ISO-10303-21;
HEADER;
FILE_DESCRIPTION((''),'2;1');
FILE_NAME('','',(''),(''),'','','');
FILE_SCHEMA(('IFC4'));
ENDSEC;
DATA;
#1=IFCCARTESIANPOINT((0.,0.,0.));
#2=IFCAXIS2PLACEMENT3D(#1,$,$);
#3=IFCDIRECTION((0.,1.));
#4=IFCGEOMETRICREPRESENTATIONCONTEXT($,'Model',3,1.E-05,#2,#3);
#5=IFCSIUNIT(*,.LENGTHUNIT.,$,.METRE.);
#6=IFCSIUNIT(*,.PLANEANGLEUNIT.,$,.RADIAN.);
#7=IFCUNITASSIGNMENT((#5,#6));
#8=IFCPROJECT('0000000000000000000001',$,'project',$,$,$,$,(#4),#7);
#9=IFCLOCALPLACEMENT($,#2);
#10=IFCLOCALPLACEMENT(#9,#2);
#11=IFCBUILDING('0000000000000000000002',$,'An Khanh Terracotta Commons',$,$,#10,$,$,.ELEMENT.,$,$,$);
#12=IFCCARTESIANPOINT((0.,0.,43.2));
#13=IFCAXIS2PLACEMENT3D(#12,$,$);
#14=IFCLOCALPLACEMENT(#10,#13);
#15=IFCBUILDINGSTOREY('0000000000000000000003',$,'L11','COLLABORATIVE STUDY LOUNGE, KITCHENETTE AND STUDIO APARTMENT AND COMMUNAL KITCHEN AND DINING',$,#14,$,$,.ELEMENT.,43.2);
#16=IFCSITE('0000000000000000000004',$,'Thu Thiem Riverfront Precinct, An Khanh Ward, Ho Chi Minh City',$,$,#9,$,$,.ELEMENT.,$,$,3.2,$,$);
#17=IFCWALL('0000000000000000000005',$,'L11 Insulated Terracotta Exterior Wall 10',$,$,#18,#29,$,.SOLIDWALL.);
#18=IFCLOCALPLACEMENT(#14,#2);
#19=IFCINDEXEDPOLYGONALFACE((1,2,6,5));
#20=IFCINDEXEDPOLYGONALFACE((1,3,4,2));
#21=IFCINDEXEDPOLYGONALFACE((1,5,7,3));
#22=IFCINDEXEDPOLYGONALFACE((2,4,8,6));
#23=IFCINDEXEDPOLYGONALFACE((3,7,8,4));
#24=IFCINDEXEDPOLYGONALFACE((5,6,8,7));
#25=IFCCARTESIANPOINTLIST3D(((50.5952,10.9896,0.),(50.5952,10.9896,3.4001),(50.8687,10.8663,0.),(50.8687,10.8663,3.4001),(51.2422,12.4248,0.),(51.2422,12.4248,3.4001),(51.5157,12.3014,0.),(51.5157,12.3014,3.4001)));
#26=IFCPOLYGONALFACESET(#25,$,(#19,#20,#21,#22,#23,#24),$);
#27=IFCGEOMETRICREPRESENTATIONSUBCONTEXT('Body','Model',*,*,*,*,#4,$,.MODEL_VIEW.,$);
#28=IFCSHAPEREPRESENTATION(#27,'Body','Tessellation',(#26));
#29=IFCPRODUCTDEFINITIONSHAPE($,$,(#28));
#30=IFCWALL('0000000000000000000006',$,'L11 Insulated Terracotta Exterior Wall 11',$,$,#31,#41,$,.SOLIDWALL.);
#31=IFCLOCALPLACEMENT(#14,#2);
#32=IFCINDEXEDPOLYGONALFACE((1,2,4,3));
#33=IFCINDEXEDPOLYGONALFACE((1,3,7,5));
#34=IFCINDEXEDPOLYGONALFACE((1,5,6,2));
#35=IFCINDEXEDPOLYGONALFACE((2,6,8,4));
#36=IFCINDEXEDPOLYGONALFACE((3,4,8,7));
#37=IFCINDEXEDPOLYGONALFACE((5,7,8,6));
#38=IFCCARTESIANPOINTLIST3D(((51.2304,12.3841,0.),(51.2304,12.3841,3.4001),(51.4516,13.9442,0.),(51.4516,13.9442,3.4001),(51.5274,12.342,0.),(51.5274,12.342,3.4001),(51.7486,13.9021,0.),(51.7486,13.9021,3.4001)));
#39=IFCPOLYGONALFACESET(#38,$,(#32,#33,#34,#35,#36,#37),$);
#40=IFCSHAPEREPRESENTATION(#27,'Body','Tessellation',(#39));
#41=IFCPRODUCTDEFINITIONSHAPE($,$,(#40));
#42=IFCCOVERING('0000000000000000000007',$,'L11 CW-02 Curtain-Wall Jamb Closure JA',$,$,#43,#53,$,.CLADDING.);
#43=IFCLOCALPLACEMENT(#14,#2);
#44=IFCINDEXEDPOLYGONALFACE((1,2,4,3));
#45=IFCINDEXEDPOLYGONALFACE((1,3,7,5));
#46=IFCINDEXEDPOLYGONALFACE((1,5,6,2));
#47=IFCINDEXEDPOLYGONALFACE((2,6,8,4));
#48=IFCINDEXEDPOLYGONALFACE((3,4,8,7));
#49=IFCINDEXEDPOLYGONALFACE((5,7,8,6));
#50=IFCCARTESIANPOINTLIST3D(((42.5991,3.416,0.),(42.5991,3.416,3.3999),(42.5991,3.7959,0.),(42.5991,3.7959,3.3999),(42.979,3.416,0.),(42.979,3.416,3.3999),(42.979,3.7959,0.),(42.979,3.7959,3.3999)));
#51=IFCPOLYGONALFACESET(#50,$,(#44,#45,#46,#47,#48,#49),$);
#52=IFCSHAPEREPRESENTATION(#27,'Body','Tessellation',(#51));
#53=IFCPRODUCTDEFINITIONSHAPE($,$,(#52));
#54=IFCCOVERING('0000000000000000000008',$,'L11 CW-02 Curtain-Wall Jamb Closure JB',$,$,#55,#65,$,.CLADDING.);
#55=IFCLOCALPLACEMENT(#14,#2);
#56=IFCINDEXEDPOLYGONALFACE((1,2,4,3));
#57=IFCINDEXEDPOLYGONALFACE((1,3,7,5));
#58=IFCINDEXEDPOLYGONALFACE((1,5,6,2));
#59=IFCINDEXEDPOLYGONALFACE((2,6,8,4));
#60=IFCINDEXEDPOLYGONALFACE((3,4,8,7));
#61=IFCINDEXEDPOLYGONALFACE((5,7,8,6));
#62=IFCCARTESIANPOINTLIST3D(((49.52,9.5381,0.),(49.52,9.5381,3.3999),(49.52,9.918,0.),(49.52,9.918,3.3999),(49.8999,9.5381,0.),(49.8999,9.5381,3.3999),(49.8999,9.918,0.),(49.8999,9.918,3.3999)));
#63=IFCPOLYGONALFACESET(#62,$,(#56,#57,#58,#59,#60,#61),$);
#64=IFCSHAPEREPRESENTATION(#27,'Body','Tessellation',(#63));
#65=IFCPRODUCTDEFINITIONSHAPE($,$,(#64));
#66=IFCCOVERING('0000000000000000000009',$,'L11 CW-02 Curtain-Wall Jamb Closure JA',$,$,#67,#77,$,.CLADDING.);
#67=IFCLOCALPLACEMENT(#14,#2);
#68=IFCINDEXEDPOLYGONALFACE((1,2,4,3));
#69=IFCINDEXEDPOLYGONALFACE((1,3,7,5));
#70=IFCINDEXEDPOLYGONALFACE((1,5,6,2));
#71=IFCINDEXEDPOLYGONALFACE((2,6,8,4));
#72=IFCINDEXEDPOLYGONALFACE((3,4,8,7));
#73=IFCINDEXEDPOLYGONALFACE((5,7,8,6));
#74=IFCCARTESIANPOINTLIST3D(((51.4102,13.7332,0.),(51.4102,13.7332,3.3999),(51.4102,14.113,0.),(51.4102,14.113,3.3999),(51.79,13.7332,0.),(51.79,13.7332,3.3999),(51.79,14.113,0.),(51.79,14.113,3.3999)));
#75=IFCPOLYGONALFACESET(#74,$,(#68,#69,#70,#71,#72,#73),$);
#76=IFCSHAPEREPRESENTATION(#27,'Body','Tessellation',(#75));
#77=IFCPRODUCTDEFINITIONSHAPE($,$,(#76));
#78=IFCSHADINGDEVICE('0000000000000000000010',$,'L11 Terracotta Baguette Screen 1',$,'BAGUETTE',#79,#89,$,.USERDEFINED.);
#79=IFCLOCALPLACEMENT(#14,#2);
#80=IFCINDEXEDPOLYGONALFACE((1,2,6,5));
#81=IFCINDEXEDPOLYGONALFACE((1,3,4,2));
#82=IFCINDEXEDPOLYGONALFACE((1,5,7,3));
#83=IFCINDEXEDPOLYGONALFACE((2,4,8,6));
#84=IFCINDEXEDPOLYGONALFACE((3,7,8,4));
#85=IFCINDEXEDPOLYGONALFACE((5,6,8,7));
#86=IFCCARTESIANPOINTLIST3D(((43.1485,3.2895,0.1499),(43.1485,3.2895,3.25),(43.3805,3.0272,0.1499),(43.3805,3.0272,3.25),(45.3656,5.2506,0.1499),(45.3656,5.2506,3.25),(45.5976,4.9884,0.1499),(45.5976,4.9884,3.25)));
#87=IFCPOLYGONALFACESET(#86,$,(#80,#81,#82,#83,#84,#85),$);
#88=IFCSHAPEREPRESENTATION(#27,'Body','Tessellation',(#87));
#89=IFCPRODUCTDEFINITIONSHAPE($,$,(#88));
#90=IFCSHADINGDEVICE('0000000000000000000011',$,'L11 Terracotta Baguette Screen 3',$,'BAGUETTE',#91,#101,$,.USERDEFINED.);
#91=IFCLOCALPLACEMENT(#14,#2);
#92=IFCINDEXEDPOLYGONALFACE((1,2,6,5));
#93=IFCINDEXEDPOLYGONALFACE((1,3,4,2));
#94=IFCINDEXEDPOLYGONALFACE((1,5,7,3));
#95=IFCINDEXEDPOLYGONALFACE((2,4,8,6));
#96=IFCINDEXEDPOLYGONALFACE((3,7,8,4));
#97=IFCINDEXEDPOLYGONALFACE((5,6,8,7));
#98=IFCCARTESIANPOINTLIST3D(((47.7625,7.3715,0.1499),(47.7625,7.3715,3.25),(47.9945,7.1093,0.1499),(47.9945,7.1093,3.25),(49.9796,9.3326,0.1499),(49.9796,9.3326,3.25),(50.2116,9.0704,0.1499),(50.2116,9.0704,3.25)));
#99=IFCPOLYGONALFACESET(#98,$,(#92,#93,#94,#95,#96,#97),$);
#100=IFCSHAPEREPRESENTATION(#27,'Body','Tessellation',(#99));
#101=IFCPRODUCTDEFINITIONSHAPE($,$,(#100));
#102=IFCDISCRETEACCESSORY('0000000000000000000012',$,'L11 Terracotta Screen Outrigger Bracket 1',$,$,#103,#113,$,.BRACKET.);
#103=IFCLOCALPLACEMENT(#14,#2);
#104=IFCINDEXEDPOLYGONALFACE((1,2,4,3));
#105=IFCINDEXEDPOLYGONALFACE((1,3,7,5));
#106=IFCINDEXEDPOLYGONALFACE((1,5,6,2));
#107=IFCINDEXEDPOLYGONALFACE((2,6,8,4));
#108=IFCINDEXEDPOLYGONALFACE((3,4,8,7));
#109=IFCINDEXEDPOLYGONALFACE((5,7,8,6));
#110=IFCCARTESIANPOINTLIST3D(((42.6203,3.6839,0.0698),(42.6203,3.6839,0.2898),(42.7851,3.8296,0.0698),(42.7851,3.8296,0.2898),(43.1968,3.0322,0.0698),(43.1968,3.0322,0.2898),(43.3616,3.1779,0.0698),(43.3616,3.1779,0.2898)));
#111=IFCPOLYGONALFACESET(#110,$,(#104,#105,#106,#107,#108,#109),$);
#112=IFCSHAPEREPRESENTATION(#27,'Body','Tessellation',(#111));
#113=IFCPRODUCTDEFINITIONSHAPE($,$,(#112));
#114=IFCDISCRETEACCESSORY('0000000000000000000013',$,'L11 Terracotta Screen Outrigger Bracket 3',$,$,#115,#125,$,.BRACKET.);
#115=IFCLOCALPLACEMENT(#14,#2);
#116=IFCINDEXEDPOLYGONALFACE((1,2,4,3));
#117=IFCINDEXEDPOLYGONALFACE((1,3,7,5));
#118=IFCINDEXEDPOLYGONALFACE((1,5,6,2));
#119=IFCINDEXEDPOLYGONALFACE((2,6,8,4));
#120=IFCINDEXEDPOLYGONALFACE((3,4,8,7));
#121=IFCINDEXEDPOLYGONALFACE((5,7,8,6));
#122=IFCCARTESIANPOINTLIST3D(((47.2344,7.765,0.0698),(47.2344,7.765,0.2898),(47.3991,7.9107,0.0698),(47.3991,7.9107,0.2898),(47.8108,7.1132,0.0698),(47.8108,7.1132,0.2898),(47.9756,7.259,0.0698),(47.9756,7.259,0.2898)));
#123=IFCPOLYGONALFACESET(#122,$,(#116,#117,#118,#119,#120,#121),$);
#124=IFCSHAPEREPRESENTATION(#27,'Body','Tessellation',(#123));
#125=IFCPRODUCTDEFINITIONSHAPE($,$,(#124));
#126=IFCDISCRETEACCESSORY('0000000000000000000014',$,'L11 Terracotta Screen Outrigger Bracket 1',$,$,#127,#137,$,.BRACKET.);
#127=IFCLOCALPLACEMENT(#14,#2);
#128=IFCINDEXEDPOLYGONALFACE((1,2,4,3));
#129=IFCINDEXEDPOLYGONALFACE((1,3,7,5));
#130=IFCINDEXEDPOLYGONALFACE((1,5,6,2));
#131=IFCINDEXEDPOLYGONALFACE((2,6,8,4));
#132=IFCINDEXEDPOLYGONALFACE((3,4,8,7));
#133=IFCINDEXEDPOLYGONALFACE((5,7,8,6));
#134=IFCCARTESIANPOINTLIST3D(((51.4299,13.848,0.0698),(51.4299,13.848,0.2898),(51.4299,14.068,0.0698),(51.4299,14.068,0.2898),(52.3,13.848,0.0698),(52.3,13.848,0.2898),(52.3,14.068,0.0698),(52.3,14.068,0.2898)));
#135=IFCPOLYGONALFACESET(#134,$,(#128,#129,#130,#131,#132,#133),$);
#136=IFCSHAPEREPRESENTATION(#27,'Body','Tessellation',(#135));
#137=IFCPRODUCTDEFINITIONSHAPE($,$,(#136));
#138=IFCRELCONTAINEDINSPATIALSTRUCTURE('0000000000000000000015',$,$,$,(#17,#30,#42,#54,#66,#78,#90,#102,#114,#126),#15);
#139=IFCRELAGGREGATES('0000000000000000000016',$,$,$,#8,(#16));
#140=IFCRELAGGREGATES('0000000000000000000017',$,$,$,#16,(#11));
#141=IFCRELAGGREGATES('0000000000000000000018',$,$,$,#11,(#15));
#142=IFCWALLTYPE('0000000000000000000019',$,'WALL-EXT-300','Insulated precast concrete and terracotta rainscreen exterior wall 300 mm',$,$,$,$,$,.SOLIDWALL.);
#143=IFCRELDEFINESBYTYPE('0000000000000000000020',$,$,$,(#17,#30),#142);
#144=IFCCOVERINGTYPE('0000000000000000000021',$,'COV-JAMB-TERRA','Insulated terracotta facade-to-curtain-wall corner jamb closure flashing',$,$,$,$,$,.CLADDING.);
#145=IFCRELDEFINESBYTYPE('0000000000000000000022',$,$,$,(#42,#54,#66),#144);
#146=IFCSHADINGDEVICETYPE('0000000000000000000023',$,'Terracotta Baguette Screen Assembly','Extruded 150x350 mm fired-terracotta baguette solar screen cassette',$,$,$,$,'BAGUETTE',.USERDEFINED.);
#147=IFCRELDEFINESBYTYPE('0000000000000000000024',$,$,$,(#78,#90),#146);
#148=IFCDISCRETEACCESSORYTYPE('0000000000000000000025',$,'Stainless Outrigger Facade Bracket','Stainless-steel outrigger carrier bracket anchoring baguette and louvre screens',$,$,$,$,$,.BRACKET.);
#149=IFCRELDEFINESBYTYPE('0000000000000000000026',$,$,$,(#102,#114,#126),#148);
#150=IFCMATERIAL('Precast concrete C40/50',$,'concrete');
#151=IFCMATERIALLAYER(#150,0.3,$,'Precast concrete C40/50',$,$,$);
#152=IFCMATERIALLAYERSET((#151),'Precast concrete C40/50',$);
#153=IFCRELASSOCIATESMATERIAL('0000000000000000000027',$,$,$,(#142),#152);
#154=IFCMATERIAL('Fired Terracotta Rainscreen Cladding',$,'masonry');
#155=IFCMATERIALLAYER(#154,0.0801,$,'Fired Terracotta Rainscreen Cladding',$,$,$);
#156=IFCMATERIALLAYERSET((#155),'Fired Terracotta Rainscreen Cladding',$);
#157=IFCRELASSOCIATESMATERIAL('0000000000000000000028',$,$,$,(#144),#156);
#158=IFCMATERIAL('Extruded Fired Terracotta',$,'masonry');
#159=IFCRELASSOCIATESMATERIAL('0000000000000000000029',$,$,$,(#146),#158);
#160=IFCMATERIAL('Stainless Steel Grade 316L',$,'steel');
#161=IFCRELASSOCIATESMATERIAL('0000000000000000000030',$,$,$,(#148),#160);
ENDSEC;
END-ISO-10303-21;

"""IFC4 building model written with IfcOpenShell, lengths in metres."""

from ifc_helpers import new_model, si_unit, direction, frame, frame_2d, origin, origin_2d, place, context, subcontext, project, spatial, rectangle, extrude, material, layer, layer_set, type_object, element, save


model = new_model("IFC4")

# Units and contexts
model_context = context("Model", 3, precision=1e-05, world=origin(), true_north=direction((0.0, 1.0)))
body_context = subcontext(model_context, "Body", "Model", "MODEL_VIEW")
ifc_project = project(units=[si_unit("LENGTHUNIT", "METRE"), si_unit("PLANEANGLEUNIT", "RADIAN")], contexts=[model_context])

# Site, building, storey
site_placement = place(None, origin())
site = spatial("IfcSite", under=ifc_project, at=site_placement, Name="Thu Thiem Riverfront Precinct, An Khanh Ward, Ho Chi Minh City", CompositionType="ELEMENT", RefElevation=3.2)
building_placement = place(site_placement, origin())
building = spatial("IfcBuilding", under=site, at=building_placement, Name="An Khanh Terracotta Commons", CompositionType="ELEMENT")
storey_placement = place(building_placement, frame((0.0, 0.0, 43.2)))
storey = spatial("IfcBuildingStorey", under=building, at=storey_placement, Name="L11", Description="COLLABORATIVE STUDY LOUNGE, KITCHENETTE AND STUDIO APARTMENT AND COMMUNAL KITCHEN AND DINING", CompositionType="ELEMENT", Elevation=43.2)

# Walls
ifc_material_1 = material(Name="Precast concrete C40/50", Category="concrete")
ifc_layer_1 = layer(ifc_material_1, 0.3, Name="Precast concrete C40/50")
ifc_layer_set_1 = layer_set([ifc_layer_1], Name="Precast concrete C40/50")
wall_type_1 = type_object("IfcWallType", Name="WALL-EXT-300", Description="Insulated precast concrete and terracotta rainscreen exterior wall 300 mm", PredefinedType="SOLIDWALL", material=ifc_layer_set_1)
wall_1_placement = place(storey_placement, frame((50.7319, 10.928, 0.0), z_axis=(0.0, 0.0, 1.0), x_axis=(0.410997, 0.911637, 0.0)))
element("IfcWall", 1, at=wall_1_placement, inside=storey, type_object=wall_type_1, Name="L11 Insulated Terracotta Exterior Wall 10", PredefinedType="SOLIDWALL", context=body_context, shape_type="SweptSolid", body=[
    extrude(rectangle(XDim=1.5742, YDim=0.3, at=frame_2d((0.7871, 0.0))), origin(), (0.0, 0.0, 1.0), 3.4001),
])
wall_2_placement = place(storey_placement, frame((51.3789, 12.363, 0.0), z_axis=(0.0, 0.0, 1.0), x_axis=(0.14038, 0.990098, 0.0)))
element("IfcWall", 2, at=wall_2_placement, inside=storey, type_object=wall_type_1, Name="L11 Insulated Terracotta Exterior Wall 11", PredefinedType="SOLIDWALL", context=body_context, shape_type="SweptSolid", body=[
    extrude(rectangle(XDim=1.5757, YDim=0.3, at=frame_2d((0.7878, 0.0))), origin(), (0.0, 0.0, 1.0), 3.4001),
])

# Coverings
ifc_material_2 = material(Name="Fired Terracotta Rainscreen Cladding", Category="masonry")
ifc_layer_2 = layer(ifc_material_2, 0.0801, Name="Fired Terracotta Rainscreen Cladding")
ifc_layer_set_2 = layer_set([ifc_layer_2], Name="Fired Terracotta Rainscreen Cladding")
covering_type = type_object("IfcCoveringType", Name="COV-JAMB-TERRA", Description="Insulated terracotta facade-to-curtain-wall corner jamb closure flashing", PredefinedType="CLADDING", material=ifc_layer_set_2)
for number, where, z_axis, x_axis, name in (
    (3, (42.7891, 3.606, 0.0), (0.0, 0.0, 1.0), (1.0, 0.0, 0.0), "L11 CW-02 Curtain-Wall Jamb Closure JA"),
    (4, (49.71, 9.728, 0.0), (0.0, 0.0, 1.0), (1.0, 0.0, 0.0), "L11 CW-02 Curtain-Wall Jamb Closure JB"),
    (5, (51.6001, 13.9231, 0.0), (0.0, 0.0, 1.0), (1.0, 0.0, 0.0), "L11 CW-02 Curtain-Wall Jamb Closure JA"),
):
    element("IfcCovering", number, at=place(storey_placement, frame(where, z_axis=z_axis, x_axis=x_axis)), inside=storey, type_object=covering_type, Name=name, PredefinedType="CLADDING", context=body_context, shape_type="SweptSolid", body=[
        extrude(rectangle(XDim=0.3799, YDim=0.3799, at=origin_2d()), origin(), (0.0, 0.0, 1.0), 3.3999),
    ])

# Shading devices
ifc_material_3 = material(Name="Extruded Fired Terracotta", Category="masonry")
shading_device_type = type_object("IfcShadingDeviceType", Name="Terracotta Baguette Screen Assembly", Description="Extruded 150x350 mm fired-terracotta baguette solar screen cassette", ElementType="BAGUETTE", PredefinedType="USERDEFINED", material=ifc_material_3)
for number, where, z_axis, x_axis, name in (
    (6, (44.373, 4.1389, 0.1499), (0.0, 0.0, 1.0), (0.749019, 0.662548, 0.0), "L11 Terracotta Baguette Screen 1"),
    (7, (48.9871, 8.2209, 0.1499), (0.0, 0.0, 1.0), (0.749019, 0.662548, 0.0), "L11 Terracotta Baguette Screen 3"),
):
    element("IfcShadingDevice", number, at=place(storey_placement, frame(where, z_axis=z_axis, x_axis=x_axis)), inside=storey, type_object=shading_device_type, Name=name, ObjectType="BAGUETTE", PredefinedType="USERDEFINED", context=body_context, shape_type="SweptSolid", body=[
        extrude(rectangle(XDim=2.96, YDim=0.3501, at=origin_2d()), origin(), (0.0, 0.0, 1.0), 3.1001),
    ])

# Discrete accessories
ifc_material_4 = material(Name="Stainless Steel Grade 316L", Category="steel")
discrete_accessory_type = type_object("IfcDiscreteAccessoryType", Name="Stainless Outrigger Facade Bracket", Description="Stainless-steel outrigger carrier bracket anchoring baguette and louvre screens", PredefinedType="BRACKET", material=ifc_material_4)
for number, where, z_axis, x_axis, name in (
    (8, (42.991, 3.4309, 0.0698), (0.0, 0.0, 1.0), (0.749019, 0.662548, 0.0), "L11 Terracotta Screen Outrigger Bracket 1"),
    (9, (47.605, 7.512, 0.0698), (0.0, 0.0, 1.0), (0.749019, 0.662548, 0.0), "L11 Terracotta Screen Outrigger Bracket 3"),
    (10, (51.865, 13.958, 0.0698), (0.0, 0.0, 1.0), (0.0, 1.0, 0.0), "L11 Terracotta Screen Outrigger Bracket 1"),
):
    element("IfcDiscreteAccessory", number, at=place(storey_placement, frame(where, z_axis=z_axis, x_axis=x_axis)), inside=storey, type_object=discrete_accessory_type, Name=name, PredefinedType="BRACKET", context=body_context, shape_type="SweptSolid", body=[
        extrude(rectangle(XDim=0.22, YDim=0.8701, at=origin_2d()), origin(), (0.0, 0.0, 1.0), 0.22),
    ])

save(model, "model.ifc")
